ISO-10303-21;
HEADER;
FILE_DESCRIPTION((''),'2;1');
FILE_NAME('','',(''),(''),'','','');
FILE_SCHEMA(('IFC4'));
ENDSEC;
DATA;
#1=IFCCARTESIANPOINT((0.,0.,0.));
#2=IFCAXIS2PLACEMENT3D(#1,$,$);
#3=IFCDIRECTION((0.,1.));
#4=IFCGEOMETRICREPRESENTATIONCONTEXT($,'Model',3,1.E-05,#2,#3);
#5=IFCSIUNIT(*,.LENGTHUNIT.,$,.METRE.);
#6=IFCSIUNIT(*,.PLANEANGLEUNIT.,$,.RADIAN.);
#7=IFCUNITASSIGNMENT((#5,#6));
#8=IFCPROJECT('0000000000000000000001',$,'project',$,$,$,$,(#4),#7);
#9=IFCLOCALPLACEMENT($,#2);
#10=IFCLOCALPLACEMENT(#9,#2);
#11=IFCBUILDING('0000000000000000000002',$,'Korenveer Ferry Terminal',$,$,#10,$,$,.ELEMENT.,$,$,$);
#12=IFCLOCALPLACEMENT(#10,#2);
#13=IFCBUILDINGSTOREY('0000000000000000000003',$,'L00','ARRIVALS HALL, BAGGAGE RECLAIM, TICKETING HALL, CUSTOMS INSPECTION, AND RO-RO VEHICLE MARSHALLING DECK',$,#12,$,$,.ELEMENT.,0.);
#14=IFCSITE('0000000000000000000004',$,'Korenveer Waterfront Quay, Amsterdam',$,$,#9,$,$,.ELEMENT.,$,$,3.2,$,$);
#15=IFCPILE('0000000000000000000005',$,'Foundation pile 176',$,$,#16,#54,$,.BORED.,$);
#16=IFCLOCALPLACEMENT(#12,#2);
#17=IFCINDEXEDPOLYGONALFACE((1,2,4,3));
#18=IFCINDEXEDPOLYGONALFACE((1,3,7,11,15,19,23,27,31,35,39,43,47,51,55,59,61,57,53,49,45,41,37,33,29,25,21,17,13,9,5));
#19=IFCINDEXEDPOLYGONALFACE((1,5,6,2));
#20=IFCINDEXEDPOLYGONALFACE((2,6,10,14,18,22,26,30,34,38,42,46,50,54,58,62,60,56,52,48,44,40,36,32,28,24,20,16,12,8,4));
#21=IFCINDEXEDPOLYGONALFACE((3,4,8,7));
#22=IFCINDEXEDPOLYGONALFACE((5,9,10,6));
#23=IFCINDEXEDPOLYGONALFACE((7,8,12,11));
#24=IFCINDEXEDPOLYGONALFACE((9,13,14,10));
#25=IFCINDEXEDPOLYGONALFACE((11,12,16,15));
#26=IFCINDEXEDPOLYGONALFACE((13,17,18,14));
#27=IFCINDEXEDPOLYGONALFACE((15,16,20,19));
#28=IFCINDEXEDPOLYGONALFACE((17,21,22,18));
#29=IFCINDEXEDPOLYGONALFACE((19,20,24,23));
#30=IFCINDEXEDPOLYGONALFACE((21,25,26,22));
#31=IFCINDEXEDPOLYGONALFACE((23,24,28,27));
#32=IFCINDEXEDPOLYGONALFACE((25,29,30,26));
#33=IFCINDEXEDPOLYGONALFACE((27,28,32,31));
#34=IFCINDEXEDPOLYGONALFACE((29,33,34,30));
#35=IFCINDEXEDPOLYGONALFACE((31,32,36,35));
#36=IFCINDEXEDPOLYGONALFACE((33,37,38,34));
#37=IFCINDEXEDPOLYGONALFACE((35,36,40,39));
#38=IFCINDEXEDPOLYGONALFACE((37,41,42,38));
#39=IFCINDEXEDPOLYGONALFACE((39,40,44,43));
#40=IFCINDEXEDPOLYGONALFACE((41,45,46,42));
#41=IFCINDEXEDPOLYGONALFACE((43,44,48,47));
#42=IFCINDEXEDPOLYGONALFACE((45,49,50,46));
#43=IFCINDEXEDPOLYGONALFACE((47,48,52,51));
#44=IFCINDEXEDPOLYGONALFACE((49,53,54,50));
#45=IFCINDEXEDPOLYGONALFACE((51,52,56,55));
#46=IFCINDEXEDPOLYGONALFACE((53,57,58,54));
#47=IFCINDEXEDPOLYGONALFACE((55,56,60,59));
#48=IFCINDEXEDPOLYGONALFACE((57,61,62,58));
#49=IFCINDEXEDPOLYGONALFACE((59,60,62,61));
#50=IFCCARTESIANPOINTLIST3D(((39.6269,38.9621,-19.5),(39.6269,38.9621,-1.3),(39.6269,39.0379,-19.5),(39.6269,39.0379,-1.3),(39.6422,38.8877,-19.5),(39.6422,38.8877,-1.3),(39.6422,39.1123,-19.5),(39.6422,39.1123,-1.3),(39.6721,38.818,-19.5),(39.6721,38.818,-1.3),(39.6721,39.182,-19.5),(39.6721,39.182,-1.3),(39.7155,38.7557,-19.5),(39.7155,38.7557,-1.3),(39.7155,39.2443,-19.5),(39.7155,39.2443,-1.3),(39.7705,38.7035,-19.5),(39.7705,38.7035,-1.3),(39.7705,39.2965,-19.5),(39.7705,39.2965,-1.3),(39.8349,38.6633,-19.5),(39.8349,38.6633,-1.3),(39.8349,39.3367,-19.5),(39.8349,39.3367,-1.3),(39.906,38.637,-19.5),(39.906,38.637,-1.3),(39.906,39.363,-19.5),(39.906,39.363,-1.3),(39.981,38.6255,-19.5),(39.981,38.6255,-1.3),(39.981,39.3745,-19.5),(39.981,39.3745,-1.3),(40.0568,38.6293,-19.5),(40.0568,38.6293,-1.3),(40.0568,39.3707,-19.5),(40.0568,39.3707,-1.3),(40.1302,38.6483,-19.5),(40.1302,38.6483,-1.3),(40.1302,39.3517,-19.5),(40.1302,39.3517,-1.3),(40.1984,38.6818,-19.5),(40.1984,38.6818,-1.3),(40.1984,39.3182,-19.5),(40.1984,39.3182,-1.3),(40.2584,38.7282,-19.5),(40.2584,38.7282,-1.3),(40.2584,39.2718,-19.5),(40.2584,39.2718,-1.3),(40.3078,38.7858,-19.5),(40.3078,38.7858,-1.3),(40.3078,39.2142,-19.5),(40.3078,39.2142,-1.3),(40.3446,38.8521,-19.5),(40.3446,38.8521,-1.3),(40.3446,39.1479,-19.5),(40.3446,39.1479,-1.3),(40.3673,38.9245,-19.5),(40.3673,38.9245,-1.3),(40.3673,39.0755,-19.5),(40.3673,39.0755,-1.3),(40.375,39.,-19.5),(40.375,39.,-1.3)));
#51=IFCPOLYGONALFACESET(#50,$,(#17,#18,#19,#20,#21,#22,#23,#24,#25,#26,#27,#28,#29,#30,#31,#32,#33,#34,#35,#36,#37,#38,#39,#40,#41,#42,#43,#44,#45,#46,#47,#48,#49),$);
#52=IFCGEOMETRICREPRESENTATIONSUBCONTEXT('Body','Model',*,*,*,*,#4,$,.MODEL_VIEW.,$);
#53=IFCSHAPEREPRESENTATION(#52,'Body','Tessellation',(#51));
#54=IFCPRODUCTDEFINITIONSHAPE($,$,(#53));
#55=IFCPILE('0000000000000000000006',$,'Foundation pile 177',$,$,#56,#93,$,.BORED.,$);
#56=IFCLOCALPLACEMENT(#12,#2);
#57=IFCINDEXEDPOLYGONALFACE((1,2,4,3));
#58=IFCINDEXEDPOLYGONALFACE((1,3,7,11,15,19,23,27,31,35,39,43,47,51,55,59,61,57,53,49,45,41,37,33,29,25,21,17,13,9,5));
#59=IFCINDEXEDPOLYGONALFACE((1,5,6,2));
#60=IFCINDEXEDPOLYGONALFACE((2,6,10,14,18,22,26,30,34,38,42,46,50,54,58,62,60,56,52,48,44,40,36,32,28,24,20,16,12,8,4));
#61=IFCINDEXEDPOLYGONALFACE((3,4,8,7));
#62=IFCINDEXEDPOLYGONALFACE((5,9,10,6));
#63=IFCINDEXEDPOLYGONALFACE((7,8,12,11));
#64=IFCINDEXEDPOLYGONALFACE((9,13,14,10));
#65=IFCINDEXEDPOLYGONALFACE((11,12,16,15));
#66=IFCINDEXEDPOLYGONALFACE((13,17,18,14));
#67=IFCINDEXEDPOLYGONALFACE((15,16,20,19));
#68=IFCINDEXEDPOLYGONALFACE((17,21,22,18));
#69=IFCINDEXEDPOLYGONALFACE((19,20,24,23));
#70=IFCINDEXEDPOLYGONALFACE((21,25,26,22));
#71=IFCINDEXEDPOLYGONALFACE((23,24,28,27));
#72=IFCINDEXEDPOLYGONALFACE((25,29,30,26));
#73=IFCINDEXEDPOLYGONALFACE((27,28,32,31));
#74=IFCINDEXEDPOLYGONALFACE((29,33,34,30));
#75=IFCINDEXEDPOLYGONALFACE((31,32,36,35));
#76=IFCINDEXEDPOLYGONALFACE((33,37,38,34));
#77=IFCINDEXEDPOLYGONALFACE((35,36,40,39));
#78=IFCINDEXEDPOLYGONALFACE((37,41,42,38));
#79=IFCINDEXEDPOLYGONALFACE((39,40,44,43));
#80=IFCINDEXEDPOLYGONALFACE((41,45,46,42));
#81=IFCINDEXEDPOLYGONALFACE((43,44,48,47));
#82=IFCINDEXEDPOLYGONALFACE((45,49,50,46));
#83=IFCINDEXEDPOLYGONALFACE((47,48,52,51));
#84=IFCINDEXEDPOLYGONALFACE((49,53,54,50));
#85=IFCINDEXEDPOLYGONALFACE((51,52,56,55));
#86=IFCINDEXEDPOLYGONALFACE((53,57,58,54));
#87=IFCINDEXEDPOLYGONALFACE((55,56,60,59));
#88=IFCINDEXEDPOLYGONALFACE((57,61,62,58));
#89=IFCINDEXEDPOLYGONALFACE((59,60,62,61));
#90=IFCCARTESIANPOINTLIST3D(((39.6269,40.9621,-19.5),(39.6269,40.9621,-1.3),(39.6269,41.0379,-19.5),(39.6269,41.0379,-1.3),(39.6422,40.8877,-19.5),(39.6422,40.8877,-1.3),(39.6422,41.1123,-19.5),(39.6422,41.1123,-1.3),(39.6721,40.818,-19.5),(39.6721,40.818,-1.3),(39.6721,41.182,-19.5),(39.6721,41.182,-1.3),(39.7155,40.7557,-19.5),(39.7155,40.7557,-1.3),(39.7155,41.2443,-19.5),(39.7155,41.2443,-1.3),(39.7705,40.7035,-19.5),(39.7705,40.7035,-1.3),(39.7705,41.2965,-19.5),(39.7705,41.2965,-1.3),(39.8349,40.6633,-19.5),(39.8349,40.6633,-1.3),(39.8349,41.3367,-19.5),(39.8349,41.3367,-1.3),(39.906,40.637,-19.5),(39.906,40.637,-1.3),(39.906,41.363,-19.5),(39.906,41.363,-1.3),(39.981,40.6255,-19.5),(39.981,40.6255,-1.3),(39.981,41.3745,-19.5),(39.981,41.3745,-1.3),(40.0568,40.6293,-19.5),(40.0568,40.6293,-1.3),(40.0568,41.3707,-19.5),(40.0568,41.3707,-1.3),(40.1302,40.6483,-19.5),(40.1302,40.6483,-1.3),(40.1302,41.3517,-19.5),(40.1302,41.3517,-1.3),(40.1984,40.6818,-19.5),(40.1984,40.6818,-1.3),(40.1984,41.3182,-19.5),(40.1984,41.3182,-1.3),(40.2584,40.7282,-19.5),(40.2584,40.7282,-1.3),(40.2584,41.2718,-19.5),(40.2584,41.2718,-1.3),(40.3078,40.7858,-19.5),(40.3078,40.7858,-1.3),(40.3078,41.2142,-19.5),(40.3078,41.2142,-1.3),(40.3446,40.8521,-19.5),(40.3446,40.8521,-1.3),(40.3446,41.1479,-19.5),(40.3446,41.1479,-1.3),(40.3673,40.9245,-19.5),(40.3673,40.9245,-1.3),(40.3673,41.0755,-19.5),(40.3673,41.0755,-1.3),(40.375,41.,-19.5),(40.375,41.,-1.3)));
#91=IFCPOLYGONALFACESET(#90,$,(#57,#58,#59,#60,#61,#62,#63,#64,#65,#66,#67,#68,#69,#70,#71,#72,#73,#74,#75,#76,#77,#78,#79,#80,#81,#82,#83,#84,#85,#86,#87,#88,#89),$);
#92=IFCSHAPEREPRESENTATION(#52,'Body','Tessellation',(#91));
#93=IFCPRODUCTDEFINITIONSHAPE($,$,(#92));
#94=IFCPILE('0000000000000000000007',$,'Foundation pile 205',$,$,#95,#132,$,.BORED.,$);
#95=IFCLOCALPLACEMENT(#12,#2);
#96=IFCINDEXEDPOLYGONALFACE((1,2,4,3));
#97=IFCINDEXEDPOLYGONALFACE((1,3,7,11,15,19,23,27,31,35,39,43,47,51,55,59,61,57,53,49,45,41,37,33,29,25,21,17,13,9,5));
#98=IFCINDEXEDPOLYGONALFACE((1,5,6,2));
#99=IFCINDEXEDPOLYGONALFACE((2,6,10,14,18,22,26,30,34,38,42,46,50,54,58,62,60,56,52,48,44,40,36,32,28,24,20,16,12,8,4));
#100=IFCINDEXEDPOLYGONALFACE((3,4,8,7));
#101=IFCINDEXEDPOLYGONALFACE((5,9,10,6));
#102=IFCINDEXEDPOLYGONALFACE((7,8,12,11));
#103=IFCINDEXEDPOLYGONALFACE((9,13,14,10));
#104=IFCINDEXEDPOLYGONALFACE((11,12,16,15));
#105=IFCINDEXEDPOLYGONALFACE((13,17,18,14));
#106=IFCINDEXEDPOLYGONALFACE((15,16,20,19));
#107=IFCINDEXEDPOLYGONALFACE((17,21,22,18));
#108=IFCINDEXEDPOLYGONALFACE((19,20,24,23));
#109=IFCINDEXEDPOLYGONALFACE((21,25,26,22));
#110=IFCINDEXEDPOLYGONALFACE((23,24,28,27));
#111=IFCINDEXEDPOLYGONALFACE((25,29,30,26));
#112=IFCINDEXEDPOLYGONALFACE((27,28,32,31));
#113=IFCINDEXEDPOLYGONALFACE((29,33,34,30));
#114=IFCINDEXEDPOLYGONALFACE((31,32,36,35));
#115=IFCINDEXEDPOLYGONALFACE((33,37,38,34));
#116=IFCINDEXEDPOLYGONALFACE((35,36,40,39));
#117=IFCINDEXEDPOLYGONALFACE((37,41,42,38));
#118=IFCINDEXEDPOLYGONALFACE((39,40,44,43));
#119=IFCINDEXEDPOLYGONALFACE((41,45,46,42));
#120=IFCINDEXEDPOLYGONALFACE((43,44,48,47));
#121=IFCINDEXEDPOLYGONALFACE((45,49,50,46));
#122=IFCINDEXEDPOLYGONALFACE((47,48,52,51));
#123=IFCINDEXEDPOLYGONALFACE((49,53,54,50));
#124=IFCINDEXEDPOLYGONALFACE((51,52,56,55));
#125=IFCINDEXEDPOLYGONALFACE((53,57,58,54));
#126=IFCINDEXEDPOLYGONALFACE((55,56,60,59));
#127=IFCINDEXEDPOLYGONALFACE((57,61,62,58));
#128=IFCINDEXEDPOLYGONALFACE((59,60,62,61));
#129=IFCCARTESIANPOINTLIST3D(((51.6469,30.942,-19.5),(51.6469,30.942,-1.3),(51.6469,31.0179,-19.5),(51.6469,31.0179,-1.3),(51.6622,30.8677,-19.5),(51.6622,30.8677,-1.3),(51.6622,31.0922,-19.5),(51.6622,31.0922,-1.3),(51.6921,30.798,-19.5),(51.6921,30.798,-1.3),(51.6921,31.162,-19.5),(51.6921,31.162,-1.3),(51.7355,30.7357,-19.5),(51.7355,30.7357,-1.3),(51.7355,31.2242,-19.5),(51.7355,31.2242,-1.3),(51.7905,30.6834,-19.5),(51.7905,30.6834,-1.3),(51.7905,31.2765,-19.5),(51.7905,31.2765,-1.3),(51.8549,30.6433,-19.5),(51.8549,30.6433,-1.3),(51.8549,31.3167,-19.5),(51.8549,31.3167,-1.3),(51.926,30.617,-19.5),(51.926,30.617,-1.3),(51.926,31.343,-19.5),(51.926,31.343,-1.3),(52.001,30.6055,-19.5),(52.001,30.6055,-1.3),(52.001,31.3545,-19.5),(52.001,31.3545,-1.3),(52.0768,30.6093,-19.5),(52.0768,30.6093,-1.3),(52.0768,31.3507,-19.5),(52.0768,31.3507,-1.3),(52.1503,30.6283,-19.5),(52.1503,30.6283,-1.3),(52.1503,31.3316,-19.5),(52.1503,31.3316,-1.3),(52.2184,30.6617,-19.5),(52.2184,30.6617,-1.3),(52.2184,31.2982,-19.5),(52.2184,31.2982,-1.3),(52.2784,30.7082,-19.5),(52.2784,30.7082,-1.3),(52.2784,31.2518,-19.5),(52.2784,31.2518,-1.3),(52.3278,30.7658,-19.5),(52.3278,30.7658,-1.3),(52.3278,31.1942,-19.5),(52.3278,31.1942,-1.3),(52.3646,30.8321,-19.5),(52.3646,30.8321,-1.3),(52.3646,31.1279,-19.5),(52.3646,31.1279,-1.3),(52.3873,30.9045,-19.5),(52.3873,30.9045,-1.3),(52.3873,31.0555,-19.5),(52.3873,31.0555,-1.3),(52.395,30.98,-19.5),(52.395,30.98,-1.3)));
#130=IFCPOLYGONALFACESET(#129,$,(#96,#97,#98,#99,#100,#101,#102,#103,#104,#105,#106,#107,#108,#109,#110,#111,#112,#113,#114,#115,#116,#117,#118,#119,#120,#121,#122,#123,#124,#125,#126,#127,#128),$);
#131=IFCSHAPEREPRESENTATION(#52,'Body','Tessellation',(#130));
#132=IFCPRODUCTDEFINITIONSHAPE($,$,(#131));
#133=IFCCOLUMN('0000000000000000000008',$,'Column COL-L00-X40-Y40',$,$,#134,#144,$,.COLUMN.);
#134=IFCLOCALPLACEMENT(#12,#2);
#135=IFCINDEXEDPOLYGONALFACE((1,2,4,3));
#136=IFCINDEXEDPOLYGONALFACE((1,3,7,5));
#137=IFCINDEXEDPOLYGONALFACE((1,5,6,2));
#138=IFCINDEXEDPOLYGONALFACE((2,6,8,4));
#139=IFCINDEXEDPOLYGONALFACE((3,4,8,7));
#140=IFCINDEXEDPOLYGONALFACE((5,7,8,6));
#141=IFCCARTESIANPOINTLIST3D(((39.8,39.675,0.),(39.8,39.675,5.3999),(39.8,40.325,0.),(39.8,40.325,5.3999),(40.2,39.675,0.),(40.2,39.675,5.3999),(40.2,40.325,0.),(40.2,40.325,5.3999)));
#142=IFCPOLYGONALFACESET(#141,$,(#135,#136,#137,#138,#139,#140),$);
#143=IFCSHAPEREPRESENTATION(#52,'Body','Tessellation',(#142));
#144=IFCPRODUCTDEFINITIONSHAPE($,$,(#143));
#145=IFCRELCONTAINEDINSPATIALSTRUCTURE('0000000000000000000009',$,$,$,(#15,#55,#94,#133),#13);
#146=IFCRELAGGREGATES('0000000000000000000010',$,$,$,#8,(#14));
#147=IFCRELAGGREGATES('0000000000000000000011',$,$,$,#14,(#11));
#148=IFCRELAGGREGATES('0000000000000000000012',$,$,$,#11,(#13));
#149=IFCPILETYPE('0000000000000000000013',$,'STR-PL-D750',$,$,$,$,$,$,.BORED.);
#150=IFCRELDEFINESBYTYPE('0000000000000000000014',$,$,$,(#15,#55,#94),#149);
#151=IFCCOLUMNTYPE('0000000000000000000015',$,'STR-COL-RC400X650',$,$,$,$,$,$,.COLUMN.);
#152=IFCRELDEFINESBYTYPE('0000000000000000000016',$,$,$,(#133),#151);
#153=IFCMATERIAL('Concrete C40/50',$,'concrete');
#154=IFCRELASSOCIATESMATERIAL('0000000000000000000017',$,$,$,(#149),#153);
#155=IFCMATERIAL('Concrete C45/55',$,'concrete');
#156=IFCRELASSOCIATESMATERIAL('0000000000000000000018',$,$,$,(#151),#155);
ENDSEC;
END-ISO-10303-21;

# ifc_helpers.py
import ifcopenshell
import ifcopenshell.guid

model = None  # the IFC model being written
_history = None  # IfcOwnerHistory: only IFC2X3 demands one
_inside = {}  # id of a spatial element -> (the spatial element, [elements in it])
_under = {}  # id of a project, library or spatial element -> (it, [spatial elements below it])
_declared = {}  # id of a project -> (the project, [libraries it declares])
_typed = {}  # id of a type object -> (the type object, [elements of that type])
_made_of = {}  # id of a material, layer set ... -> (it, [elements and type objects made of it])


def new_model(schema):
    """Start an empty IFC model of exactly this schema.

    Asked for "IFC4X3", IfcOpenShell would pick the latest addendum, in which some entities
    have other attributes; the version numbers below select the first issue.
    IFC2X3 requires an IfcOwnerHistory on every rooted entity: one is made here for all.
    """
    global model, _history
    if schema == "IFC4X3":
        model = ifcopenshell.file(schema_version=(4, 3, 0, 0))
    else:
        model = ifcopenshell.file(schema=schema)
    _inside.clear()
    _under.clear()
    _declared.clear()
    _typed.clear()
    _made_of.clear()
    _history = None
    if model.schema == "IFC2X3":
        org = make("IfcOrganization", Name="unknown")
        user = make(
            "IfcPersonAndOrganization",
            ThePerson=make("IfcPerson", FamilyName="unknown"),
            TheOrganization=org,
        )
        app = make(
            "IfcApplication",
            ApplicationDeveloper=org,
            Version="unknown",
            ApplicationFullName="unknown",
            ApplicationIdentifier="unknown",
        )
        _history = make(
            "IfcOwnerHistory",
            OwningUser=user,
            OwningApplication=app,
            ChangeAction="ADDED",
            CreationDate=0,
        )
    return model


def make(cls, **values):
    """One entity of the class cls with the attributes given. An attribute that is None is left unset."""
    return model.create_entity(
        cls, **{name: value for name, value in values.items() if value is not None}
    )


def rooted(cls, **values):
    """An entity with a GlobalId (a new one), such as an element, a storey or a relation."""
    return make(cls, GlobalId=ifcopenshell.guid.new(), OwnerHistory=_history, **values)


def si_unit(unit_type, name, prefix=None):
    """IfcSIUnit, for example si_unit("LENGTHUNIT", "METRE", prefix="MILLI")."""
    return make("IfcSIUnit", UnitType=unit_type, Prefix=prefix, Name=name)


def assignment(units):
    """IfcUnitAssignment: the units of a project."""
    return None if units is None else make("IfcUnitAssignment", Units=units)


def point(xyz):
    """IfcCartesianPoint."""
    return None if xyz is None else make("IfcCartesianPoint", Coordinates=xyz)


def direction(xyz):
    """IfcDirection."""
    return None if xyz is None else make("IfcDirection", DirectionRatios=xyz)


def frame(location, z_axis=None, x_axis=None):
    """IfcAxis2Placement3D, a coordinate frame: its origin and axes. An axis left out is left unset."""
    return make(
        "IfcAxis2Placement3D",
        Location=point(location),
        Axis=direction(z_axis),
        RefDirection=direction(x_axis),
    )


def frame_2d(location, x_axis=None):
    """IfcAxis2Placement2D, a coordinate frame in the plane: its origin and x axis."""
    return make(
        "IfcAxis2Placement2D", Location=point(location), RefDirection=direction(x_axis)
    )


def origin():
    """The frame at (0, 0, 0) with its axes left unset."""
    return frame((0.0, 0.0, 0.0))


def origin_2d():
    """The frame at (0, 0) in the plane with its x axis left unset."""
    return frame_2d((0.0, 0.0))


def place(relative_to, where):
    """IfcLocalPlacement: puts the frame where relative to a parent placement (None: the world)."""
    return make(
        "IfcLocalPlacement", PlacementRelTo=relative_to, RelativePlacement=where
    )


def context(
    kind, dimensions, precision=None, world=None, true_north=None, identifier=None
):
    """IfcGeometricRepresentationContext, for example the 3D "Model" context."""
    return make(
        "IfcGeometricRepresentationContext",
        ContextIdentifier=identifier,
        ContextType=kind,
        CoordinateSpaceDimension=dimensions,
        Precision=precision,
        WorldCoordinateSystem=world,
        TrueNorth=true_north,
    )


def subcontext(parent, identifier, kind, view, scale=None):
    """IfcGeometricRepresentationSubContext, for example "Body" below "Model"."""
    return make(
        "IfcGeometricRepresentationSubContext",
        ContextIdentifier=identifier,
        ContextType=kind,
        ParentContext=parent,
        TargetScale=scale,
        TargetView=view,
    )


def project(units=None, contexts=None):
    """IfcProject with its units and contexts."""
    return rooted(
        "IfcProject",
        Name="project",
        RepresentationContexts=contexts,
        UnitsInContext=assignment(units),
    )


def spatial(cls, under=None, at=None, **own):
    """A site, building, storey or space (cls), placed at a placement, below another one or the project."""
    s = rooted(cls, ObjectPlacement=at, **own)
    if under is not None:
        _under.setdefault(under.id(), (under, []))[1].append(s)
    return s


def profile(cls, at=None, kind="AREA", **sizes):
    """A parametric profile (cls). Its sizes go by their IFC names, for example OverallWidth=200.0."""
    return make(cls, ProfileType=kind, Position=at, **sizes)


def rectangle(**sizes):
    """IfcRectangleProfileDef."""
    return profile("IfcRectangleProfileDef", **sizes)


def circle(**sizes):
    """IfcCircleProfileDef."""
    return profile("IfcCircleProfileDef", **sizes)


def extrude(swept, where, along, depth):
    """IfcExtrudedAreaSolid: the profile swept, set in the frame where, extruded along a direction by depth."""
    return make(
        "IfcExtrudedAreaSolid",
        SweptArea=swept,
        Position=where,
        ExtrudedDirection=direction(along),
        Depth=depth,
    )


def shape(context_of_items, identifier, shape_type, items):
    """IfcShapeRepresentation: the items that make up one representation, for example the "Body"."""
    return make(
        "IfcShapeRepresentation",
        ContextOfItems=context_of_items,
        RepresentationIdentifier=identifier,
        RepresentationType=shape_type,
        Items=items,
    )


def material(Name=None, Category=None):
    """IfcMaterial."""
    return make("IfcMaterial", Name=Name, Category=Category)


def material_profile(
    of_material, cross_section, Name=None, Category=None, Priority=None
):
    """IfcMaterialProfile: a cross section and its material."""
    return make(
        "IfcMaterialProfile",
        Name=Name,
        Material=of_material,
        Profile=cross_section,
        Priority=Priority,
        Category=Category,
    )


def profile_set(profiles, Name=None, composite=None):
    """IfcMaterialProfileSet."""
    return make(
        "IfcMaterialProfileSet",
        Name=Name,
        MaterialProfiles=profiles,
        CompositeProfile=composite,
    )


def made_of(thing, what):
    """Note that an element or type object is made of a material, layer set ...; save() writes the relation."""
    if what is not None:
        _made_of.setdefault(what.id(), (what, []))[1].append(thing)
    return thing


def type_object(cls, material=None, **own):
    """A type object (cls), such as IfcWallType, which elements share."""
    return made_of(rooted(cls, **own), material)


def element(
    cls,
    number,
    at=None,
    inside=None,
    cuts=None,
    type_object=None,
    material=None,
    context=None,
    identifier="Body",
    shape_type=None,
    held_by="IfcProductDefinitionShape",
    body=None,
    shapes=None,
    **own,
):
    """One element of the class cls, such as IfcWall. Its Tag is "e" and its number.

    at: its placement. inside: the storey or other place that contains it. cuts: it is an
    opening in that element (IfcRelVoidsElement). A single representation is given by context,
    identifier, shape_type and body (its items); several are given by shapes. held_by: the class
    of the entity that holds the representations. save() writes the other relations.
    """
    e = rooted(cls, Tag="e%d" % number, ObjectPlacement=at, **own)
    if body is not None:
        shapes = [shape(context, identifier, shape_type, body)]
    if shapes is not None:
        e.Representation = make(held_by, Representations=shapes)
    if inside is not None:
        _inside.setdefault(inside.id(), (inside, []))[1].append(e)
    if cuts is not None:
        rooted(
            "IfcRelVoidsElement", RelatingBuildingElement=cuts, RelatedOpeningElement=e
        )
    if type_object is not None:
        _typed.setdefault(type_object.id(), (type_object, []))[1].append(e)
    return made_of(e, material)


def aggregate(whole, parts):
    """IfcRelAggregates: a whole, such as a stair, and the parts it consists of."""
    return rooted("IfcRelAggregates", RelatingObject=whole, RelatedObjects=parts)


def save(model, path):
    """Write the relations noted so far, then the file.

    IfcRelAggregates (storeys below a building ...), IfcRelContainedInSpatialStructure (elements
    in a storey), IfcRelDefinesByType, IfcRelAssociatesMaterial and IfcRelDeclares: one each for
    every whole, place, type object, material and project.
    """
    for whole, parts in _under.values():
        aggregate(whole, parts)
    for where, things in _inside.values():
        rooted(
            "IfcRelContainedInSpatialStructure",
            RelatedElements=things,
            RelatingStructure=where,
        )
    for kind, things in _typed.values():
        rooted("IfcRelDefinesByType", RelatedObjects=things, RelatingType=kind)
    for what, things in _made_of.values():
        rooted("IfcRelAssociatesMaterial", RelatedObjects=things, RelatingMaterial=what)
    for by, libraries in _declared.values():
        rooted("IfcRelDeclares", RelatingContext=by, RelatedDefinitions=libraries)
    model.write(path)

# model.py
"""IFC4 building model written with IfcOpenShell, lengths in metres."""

from ifc_helpers import new_model, si_unit, direction, frame, origin, origin_2d, place, context, subcontext, project, spatial, rectangle, circle, extrude, material, material_profile, profile_set, type_object, element, save


model = new_model("IFC4")

# Units and contexts
model_context = context("Model", 3, precision=1e-05, world=origin(), true_north=direction((0.0, 1.0)))
body_context = subcontext(model_context, "Body", "Model", "MODEL_VIEW")
ifc_project = project(units=[si_unit("LENGTHUNIT", "METRE"), si_unit("PLANEANGLEUNIT", "RADIAN")], contexts=[model_context])

# Site, building, storey
site_placement = place(None, origin())
site = spatial("IfcSite", under=ifc_project, at=site_placement, Name="Korenveer Waterfront Quay, Amsterdam", CompositionType="ELEMENT", RefElevation=3.2)
building_placement = place(site_placement, origin())
building = spatial("IfcBuilding", under=site, at=building_placement, Name="Korenveer Ferry Terminal", CompositionType="ELEMENT")
storey_placement = place(building_placement, origin())
storey = spatial("IfcBuildingStorey", under=building, at=storey_placement, Name="L00", Description="ARRIVALS HALL, BAGGAGE RECLAIM, TICKETING HALL, CUSTOMS INSPECTION, AND RO-RO VEHICLE MARSHALLING DECK", CompositionType="ELEMENT", Elevation=0.0)

# Shared definitions
ifc_material_1 = material(Name="Concrete C40/50", Category="concrete")
ifc_material_2 = material(Name="Concrete C45/55", Category="concrete")

# Piles
ifc_material_profile_1 = material_profile(ifc_material_1, circle(Radius=0.375, at=origin_2d()), Name="PILE D750")
ifc_profile_set_1 = profile_set([ifc_material_profile_1], Name="Concrete C40/50")
pile_type_1 = type_object("IfcPileType", Name="STR-PL-D750", PredefinedType="BORED", material=ifc_profile_set_1)
for number, where, z_axis, x_axis, name in (
    (1, (40.0, 39.0, -1.3), (0.0, 0.0, -1.0), (1.0, 0.0, 0.0), "Foundation pile 176"),
    (2, (40.0, 41.0, -1.3), (0.0, 0.0, -1.0), (1.0, 0.0, 0.0), "Foundation pile 177"),
    (3, (52.02, 30.98, -1.3), (0.0, 0.0, -1.0), (1.0, 0.0, 0.0), "Foundation pile 205"),
):
    element("IfcPile", number, at=place(storey_placement, frame(where, z_axis=z_axis, x_axis=x_axis)), inside=storey, type_object=pile_type_1, Name=name, PredefinedType="BORED", context=body_context, shape_type="SweptSolid", body=[
        extrude(circle(Radius=0.375, at=origin_2d()), origin(), (0.0, 0.0, 1.0), 18.2),
    ])

# Column
ifc_material_profile_2 = material_profile(ifc_material_2, rectangle(XDim=0.3999, YDim=0.6499, at=origin_2d()), Name="RC 400x650")
ifc_profile_set_2 = profile_set([ifc_material_profile_2], Name="Concrete C45/55")
column_type_1 = type_object("IfcColumnType", Name="STR-COL-RC400X650", PredefinedType="COLUMN", material=ifc_profile_set_2)
column_1_placement = place(storey_placement, frame((40.0, 40.0, 0.0), z_axis=(0.0, 0.0, 1.0), x_axis=(1.0, 0.0, 0.0)))
element("IfcColumn", 4, at=column_1_placement, inside=storey, type_object=column_type_1, Name="Column COL-L00-X40-Y40", PredefinedType="COLUMN", context=body_context, shape_type="SweptSolid", body=[
    extrude(rectangle(XDim=0.3999, YDim=0.6499, at=origin_2d()), origin(), (0.0, 0.0, 1.0), 5.3999),
])

save(model, "model.ifc")
